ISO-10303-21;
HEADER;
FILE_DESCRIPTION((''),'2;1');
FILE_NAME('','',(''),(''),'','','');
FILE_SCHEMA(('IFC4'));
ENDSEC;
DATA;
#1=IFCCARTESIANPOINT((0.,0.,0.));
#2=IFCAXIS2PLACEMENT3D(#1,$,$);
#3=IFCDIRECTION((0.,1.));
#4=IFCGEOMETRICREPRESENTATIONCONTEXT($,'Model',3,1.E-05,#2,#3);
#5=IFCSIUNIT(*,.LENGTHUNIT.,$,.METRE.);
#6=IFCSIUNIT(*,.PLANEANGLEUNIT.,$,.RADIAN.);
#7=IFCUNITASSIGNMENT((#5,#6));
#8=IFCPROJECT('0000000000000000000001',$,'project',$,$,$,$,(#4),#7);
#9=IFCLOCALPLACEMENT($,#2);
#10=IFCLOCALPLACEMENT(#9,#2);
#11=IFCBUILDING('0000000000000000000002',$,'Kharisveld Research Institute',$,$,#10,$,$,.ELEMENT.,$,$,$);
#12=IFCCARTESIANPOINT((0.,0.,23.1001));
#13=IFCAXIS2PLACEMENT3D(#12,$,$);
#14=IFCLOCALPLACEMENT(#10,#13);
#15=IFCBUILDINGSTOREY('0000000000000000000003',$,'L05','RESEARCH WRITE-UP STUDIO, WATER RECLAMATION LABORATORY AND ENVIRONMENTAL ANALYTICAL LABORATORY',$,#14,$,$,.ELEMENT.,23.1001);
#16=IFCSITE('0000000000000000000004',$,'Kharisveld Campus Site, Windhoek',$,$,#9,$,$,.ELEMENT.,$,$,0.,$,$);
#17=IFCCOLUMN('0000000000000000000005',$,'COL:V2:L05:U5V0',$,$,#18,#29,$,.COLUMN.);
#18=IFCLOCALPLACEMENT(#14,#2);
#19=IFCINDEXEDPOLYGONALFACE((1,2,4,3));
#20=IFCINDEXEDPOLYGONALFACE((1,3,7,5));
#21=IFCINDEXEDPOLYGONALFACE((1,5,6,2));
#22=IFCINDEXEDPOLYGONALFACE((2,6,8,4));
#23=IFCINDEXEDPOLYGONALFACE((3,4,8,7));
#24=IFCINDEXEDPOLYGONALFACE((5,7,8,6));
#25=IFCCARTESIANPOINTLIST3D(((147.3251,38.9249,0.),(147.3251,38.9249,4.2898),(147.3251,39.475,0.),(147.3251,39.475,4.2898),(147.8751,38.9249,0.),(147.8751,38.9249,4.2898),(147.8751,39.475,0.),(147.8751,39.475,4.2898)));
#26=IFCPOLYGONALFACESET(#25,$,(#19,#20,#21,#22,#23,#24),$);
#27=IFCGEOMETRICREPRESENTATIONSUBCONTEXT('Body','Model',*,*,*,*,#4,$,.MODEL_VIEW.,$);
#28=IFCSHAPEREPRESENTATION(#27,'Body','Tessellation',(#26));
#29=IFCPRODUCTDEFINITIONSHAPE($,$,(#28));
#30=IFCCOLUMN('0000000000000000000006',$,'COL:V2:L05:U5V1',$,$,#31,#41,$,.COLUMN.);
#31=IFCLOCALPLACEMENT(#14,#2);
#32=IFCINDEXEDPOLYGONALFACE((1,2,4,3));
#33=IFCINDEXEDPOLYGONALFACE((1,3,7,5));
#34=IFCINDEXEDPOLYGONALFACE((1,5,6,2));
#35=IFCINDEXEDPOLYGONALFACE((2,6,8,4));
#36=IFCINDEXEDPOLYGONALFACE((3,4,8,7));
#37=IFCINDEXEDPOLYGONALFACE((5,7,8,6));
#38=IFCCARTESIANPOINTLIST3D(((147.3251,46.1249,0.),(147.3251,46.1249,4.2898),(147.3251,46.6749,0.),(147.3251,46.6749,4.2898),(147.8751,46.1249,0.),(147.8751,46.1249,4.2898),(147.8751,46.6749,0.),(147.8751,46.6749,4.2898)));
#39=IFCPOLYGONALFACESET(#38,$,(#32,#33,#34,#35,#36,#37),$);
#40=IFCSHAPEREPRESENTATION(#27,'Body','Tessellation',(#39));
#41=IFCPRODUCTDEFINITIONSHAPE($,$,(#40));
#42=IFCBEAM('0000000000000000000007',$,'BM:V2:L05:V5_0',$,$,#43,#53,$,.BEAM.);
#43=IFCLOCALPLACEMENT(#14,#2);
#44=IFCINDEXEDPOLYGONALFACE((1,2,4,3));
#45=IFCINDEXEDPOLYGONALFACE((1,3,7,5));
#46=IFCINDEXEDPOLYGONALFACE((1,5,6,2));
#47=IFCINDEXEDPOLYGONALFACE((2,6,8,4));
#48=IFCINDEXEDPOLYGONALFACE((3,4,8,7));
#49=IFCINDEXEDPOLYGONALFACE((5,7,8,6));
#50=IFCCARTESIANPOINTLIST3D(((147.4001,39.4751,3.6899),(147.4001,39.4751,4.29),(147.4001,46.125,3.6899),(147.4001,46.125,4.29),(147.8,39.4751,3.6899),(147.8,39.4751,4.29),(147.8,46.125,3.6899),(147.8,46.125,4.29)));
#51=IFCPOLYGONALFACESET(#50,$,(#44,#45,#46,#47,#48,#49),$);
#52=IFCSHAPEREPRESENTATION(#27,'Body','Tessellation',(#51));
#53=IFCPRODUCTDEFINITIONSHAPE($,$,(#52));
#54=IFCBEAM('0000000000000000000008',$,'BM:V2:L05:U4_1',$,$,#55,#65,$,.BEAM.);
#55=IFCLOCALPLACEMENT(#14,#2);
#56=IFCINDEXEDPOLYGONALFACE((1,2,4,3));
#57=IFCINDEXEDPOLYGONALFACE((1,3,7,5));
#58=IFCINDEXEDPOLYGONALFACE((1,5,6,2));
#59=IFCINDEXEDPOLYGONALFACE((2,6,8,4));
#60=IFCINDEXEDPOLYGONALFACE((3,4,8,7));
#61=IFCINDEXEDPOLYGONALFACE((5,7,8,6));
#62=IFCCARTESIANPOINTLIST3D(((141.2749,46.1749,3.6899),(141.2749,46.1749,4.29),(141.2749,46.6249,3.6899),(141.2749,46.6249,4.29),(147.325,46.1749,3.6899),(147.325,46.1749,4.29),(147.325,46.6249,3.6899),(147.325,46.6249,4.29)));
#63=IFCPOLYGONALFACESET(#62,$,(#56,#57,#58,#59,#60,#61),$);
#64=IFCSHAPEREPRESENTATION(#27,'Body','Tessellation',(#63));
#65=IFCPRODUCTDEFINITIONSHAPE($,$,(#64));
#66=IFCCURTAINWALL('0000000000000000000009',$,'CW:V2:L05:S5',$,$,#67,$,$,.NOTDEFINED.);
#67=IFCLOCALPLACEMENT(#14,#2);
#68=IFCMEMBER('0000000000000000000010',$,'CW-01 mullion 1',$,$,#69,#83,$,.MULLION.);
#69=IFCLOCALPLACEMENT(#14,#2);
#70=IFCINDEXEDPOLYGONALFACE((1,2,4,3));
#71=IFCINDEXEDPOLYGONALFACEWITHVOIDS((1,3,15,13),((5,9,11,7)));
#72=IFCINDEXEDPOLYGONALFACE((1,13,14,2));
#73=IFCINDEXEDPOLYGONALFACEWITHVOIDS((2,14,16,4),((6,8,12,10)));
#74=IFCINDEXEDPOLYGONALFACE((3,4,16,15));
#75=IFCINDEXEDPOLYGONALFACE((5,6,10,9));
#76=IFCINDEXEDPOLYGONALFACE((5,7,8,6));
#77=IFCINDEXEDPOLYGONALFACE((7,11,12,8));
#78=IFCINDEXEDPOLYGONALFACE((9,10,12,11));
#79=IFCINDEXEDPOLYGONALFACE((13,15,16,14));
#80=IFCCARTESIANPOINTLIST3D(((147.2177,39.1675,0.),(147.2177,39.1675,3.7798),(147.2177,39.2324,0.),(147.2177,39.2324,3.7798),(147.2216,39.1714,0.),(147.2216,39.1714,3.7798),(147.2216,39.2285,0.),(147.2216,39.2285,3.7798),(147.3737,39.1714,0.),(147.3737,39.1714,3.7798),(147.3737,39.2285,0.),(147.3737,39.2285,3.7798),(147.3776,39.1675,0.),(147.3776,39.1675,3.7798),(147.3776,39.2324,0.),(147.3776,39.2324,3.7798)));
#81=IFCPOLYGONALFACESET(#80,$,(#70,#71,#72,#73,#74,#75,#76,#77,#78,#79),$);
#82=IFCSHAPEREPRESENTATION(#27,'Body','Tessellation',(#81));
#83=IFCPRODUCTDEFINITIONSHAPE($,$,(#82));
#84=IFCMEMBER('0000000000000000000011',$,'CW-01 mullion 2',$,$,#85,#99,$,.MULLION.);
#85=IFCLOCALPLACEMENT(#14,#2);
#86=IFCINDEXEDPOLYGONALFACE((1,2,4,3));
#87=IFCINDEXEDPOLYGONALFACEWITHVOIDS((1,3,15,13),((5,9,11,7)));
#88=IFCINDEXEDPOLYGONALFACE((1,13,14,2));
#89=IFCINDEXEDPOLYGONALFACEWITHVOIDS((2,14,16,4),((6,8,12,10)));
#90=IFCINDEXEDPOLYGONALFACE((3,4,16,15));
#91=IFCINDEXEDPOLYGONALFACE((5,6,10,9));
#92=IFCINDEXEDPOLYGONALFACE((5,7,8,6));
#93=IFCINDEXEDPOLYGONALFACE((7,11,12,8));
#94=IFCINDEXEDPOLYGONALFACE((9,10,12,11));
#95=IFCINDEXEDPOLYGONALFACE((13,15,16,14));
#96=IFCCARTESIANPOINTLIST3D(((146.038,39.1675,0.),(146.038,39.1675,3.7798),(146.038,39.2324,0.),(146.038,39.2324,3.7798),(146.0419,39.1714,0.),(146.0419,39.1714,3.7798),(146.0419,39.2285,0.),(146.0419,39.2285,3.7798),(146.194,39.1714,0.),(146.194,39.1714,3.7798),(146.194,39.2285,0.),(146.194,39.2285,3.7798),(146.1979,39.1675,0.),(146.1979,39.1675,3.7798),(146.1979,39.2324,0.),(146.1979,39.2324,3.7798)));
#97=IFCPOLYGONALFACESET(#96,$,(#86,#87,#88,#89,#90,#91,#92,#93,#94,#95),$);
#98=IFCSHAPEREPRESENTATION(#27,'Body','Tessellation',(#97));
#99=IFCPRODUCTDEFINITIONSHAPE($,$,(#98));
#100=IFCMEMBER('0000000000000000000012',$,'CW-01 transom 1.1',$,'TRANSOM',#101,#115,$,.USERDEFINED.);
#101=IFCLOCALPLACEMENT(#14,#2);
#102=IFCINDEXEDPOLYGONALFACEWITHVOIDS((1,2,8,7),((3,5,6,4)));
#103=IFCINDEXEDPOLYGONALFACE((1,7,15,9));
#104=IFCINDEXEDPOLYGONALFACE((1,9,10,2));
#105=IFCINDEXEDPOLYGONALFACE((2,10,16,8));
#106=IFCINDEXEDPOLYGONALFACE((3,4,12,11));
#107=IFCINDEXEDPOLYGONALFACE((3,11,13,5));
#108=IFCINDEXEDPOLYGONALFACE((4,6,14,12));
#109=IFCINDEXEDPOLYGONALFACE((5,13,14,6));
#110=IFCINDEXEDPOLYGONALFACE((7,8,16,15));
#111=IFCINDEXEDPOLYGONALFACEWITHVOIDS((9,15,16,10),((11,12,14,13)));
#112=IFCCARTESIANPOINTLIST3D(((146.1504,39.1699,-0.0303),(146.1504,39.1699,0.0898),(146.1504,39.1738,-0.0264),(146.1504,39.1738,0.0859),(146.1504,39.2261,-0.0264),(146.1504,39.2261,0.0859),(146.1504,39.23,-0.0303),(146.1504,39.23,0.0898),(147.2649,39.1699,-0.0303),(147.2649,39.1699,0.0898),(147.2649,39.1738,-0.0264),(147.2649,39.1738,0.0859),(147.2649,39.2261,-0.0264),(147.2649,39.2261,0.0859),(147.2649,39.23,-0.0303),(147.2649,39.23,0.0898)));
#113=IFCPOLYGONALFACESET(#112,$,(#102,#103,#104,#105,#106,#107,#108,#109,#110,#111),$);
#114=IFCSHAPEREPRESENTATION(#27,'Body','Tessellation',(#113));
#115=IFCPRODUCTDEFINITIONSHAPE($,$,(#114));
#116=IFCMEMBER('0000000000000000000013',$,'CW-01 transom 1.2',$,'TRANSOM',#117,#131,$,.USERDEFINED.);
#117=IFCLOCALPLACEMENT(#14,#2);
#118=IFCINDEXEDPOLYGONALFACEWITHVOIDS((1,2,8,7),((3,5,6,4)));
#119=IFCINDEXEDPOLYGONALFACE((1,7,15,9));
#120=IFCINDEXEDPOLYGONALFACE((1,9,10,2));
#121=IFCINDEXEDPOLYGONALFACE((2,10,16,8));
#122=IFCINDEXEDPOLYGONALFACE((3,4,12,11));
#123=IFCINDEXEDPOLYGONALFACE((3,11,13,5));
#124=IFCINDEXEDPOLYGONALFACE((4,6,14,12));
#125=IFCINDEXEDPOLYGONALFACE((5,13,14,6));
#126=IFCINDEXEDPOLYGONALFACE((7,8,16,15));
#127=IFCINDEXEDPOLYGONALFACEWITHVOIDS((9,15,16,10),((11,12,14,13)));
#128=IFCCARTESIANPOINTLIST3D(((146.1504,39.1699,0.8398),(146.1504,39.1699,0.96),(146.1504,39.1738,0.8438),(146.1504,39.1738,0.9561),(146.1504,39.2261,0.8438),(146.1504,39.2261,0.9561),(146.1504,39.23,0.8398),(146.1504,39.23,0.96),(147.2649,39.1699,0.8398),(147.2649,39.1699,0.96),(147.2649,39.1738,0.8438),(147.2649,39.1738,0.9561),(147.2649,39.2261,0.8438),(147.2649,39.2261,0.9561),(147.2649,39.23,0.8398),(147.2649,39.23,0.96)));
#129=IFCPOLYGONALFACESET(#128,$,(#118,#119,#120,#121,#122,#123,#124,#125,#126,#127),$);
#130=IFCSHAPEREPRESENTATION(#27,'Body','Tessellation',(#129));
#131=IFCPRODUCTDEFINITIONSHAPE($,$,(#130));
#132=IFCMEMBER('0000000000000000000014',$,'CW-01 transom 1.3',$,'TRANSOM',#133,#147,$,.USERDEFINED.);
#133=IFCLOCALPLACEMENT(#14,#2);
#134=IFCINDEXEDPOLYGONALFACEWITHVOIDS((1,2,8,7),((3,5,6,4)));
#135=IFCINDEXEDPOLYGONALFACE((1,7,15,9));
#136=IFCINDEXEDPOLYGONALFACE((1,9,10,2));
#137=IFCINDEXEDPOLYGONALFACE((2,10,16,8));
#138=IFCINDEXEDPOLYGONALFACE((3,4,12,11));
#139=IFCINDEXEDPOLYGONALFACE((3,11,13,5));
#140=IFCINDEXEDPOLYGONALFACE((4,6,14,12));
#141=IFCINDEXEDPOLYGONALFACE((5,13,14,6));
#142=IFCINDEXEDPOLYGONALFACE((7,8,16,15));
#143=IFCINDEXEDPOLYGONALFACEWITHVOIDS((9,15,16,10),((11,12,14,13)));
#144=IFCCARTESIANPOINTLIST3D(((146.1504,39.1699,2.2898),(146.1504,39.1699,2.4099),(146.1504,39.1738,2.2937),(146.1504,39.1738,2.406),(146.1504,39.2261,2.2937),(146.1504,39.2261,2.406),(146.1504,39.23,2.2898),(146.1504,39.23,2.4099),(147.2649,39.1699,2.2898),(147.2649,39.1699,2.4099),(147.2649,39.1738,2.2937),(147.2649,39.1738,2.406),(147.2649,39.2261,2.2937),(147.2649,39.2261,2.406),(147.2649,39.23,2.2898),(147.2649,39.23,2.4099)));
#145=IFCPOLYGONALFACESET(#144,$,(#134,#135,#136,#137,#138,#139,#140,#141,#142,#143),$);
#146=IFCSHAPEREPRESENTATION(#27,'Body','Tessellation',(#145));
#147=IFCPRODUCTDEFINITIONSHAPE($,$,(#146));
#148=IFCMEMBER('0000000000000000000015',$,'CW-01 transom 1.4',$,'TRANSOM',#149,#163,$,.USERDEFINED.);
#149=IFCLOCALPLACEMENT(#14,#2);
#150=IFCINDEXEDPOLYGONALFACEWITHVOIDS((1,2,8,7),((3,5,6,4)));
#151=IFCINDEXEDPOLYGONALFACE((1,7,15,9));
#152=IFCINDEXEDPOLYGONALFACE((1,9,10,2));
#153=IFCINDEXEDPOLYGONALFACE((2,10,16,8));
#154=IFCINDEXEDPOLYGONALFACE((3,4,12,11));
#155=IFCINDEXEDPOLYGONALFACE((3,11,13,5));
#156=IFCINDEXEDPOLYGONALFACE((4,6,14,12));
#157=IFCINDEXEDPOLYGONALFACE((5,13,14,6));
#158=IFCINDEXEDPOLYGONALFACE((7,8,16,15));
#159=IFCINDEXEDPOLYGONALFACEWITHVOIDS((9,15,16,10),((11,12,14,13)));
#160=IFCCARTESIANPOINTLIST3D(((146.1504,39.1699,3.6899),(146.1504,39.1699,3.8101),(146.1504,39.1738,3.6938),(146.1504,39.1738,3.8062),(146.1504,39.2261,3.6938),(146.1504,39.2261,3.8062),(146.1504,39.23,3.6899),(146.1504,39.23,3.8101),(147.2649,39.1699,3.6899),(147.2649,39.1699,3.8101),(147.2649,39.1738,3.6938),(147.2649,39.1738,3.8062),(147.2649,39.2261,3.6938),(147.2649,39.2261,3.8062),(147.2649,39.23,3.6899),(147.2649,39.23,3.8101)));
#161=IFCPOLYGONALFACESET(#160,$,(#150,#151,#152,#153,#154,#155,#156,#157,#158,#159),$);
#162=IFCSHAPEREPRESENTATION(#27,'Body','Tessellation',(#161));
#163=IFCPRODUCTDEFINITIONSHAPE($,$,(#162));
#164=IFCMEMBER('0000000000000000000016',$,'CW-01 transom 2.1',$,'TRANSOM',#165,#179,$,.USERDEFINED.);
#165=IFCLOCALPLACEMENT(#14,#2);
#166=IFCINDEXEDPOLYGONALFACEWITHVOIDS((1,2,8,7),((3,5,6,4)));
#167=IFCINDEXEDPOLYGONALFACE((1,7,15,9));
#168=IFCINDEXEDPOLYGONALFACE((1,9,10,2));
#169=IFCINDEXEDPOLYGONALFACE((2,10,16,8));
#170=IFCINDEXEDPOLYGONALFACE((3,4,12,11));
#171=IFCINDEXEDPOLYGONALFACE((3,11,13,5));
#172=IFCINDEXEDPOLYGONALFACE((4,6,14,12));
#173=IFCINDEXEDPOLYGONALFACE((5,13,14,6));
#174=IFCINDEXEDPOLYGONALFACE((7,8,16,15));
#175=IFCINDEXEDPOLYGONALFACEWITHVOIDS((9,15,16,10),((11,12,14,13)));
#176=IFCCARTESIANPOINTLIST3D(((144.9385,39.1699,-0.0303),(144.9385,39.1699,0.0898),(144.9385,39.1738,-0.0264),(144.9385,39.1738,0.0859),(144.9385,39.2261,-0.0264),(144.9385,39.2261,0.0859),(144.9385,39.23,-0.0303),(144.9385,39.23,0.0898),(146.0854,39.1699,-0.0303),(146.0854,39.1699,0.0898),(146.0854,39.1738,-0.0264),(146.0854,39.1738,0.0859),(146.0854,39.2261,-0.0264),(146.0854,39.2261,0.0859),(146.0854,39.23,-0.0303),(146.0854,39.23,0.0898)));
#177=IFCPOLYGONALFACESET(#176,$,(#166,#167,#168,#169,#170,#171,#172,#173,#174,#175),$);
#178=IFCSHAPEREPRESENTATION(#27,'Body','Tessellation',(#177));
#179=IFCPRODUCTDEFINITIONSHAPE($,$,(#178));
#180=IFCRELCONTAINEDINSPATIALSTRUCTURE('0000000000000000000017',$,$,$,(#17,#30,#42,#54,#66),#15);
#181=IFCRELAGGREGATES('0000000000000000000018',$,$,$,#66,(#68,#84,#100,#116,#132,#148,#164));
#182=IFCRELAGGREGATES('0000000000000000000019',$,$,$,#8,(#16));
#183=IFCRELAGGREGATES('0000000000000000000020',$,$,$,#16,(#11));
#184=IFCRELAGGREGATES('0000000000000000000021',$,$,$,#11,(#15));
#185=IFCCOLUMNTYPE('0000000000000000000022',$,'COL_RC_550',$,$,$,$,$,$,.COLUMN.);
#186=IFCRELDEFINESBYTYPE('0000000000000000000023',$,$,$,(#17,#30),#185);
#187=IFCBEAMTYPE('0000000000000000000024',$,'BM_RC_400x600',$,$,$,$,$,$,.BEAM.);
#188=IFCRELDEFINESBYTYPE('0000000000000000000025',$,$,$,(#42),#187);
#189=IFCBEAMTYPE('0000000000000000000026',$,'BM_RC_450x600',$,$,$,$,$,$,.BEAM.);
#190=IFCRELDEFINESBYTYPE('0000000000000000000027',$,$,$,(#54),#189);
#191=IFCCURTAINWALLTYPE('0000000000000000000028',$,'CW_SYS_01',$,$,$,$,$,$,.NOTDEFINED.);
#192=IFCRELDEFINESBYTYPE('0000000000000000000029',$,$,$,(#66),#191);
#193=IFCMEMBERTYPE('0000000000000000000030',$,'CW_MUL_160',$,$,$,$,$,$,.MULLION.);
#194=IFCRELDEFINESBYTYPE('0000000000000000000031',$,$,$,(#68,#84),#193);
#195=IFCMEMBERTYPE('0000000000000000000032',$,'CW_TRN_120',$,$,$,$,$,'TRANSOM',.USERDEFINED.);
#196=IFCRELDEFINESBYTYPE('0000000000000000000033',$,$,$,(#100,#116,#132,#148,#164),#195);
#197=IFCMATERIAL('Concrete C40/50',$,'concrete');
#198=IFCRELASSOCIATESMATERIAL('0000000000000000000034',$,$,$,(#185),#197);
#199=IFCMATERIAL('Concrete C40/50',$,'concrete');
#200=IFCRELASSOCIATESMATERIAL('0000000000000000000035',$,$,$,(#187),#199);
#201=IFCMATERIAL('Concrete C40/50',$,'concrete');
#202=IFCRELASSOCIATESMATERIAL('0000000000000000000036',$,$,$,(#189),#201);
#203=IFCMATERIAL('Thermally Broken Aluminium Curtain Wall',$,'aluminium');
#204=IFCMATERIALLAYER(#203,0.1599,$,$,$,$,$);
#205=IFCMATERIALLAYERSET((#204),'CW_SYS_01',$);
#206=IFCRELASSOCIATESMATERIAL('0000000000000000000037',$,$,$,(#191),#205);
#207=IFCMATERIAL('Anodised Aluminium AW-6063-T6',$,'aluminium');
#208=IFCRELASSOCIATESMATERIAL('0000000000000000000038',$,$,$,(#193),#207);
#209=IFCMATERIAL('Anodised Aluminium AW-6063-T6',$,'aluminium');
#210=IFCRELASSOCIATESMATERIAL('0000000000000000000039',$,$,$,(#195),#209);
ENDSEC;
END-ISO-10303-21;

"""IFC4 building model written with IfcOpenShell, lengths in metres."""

from ifc_helpers import new_model, si_unit, direction, frame, origin, origin_2d, place, context, subcontext, project, spatial, rectangle, hollow_rectangle, extrude, material, layer, layer_set, material_profile, profile_set, type_object, element, aggregate, save


model = new_model("IFC4")

# Units and contexts
model_context = context("Model", 3, precision=1e-05, world=origin(), true_north=direction((0.0, 1.0)))
body_context = subcontext(model_context, "Body", "Model", "MODEL_VIEW")
ifc_project = project(units=[si_unit("LENGTHUNIT", "METRE"), si_unit("PLANEANGLEUNIT", "RADIAN")], contexts=[model_context])

# Site, building, storey
site_placement = place(None, origin())
site = spatial("IfcSite", under=ifc_project, at=site_placement, Name="Kharisveld Campus Site, Windhoek", CompositionType="ELEMENT", RefElevation=0.0)
building_placement = place(site_placement, origin())
building = spatial("IfcBuilding", under=site, at=building_placement, Name="Kharisveld Research Institute", CompositionType="ELEMENT")
storey_placement = place(building_placement, frame((0.0, 0.0, 23.1001)))
storey = spatial("IfcBuildingStorey", under=building, at=storey_placement, Name="L05", Description="RESEARCH WRITE-UP STUDIO, WATER RECLAMATION LABORATORY AND ENVIRONMENTAL ANALYTICAL LABORATORY", CompositionType="ELEMENT", Elevation=23.1001)

# Columns
ifc_material_1 = material(Name="Concrete C40/50", Category="concrete")
ifc_material_profile_1 = material_profile(ifc_material_1, rectangle(XDim=0.55, YDim=0.55, at=origin_2d()))
ifc_profile_set_1 = profile_set([ifc_material_profile_1], Name="Concrete C40/50")
column_type = type_object("IfcColumnType", Name="COL_RC_550", PredefinedType="COLUMN", material=ifc_profile_set_1)
for number, where, z_axis, x_axis, name in (
    (1, (147.6001, 39.2, 0.0), (0.0, 0.0, 1.0), (1.0, 0.0, 0.0), "COL:V2:L05:U5V0"),
    (2, (147.6001, 46.3999, 0.0), (0.0, 0.0, 1.0), (1.0, 0.0, 0.0), "COL:V2:L05:U5V1"),
):
    element("IfcColumn", number, at=place(storey_placement, frame(where, z_axis=z_axis, x_axis=x_axis)), inside=storey, type_object=column_type, Name=name, PredefinedType="COLUMN", context=body_context, shape_type="SweptSolid", body=[
        extrude(rectangle(XDim=0.55, YDim=0.55, at=origin_2d()), origin(), (0.0, 0.0, 1.0), 4.2898),
    ])

# Beams
ifc_material_2 = material(Name="Concrete C40/50", Category="concrete")
ifc_material_profile_2 = material_profile(ifc_material_2, rectangle(XDim=0.3999, YDim=0.6001, at=origin_2d()))
ifc_profile_set_2 = profile_set([ifc_material_profile_2], Name="Concrete C40/50")
beam_type_1 = type_object("IfcBeamType", Name="BM_RC_400x600", PredefinedType="BEAM", material=ifc_profile_set_2)
beam_1_placement = place(storey_placement, frame((147.6001, 39.4751, 3.99), z_axis=(0.0, 1.0, 0.0), x_axis=(-1.0, 0.0, 0.0)))
element("IfcBeam", 3, at=beam_1_placement, inside=storey, type_object=beam_type_1, Name="BM:V2:L05:V5_0", PredefinedType="BEAM", context=body_context, shape_type="SweptSolid", body=[
    extrude(rectangle(XDim=0.3999, YDim=0.6001, at=origin_2d()), origin(), (0.0, 0.0, 1.0), 6.6499),
])
ifc_material_3 = material(Name="Concrete C40/50", Category="concrete")
ifc_material_profile_3 = material_profile(ifc_material_3, rectangle(XDim=0.45, YDim=0.6001, at=origin_2d()))
ifc_profile_set_3 = profile_set([ifc_material_profile_3], Name="Concrete C40/50")
beam_type_2 = type_object("IfcBeamType", Name="BM_RC_450x600", PredefinedType="BEAM", material=ifc_profile_set_3)
beam_2_placement = place(storey_placement, frame((141.2749, 46.3999, 3.99), z_axis=(1.0, 0.0, 0.0), x_axis=(0.0, 1.0, 0.0)))
element("IfcBeam", 4, at=beam_2_placement, inside=storey, type_object=beam_type_2, Name="BM:V2:L05:U4_1", PredefinedType="BEAM", context=body_context, shape_type="SweptSolid", body=[
    extrude(rectangle(XDim=0.45, YDim=0.6001, at=origin_2d()), origin(), (0.0, 0.0, 1.0), 6.05),
])

# Curtain wall, members
ifc_material_4 = material(Name="Thermally Broken Aluminium Curtain Wall", Category="aluminium")
ifc_layer_1 = layer(ifc_material_4, 0.1599)
ifc_layer_set_1 = layer_set([ifc_layer_1], Name="CW_SYS_01")
curtain_wall_type = type_object("IfcCurtainWallType", Name="CW_SYS_01", PredefinedType="NOTDEFINED", material=ifc_layer_set_1)
curtain_wall_placement = place(storey_placement, origin())
curtain_wall = element("IfcCurtainWall", 5, at=curtain_wall_placement, inside=storey, type_object=curtain_wall_type, Name="CW:V2:L05:S5", PredefinedType="NOTDEFINED")
ifc_material_5 = material(Name="Anodised Aluminium AW-6063-T6", Category="aluminium")
ifc_material_profile_4 = material_profile(ifc_material_5, hollow_rectangle(XDim=0.0649, YDim=0.1599, WallThickness=0.0039, at=origin_2d()))
ifc_profile_set_4 = profile_set([ifc_material_profile_4], Name="Anodised Aluminium AW-6063-T6")
member_type_1 = type_object("IfcMemberType", Name="CW_MUL_160", PredefinedType="MULLION", material=ifc_profile_set_4)
member_1_placement = place(storey_placement, frame((147.2976, 39.2, 0.0), z_axis=(0.0, 0.0, 1.0), x_axis=(0.0, -1.0, 0.0)))
member_1 = element("IfcMember", 6, at=member_1_placement, type_object=member_type_1, Name="CW-01 mullion 1", PredefinedType="MULLION", context=body_context, shape_type="SweptSolid", body=[
    extrude(hollow_rectangle(XDim=0.0649, YDim=0.1599, WallThickness=0.0039, at=origin_2d()), origin(), (0.0, 0.0, 1.0), 3.7798),
])
member_2_placement = place(storey_placement, frame((146.1179, 39.2, 0.0), z_axis=(0.0, 0.0, 1.0), x_axis=(0.0, -1.0, 0.0)))
member_2 = element("IfcMember", 7, at=member_2_placement, type_object=member_type_1, Name="CW-01 mullion 2", PredefinedType="MULLION", context=body_context, shape_type="SweptSolid", body=[
    extrude(hollow_rectangle(XDim=0.0649, YDim=0.1599, WallThickness=0.0039, at=origin_2d()), origin(), (0.0, 0.0, 1.0), 3.7798),
])
ifc_material_6 = material(Name="Anodised Aluminium AW-6063-T6", Category="aluminium")
ifc_material_profile_5 = material_profile(ifc_material_6, hollow_rectangle(XDim=0.0601, YDim=0.1201, WallThickness=0.0039, at=origin_2d()))
ifc_profile_set_5 = profile_set([ifc_material_profile_5], Name="Anodised Aluminium AW-6063-T6")
member_type_2 = type_object("IfcMemberType", Name="CW_TRN_120", ElementType="TRANSOM", PredefinedType="USERDEFINED", material=ifc_profile_set_5)
member_3_placement = place(storey_placement, frame((147.2649, 39.2, 0.0298), z_axis=(-1.0, 0.0, 0.0), x_axis=(0.0, -1.0, 0.0)))
member_3 = element("IfcMember", 8, at=member_3_placement, type_object=member_type_2, Name="CW-01 transom 1.1", ObjectType="TRANSOM", PredefinedType="USERDEFINED", context=body_context, shape_type="SweptSolid", body=[
    extrude(hollow_rectangle(XDim=0.0601, YDim=0.1201, WallThickness=0.0039, at=origin_2d()), origin(), (0.0, 0.0, 1.0), 1.1145),
])
member_4_placement = place(storey_placement, frame((147.2649, 39.2, 0.8999), z_axis=(-1.0, 0.0, 0.0), x_axis=(0.0, -1.0, 0.0)))
member_4 = element("IfcMember", 9, at=member_4_placement, type_object=member_type_2, Name="CW-01 transom 1.2", ObjectType="TRANSOM", PredefinedType="USERDEFINED", context=body_context, shape_type="SweptSolid", body=[
    extrude(hollow_rectangle(XDim=0.0601, YDim=0.1201, WallThickness=0.0039, at=origin_2d()), origin(), (0.0, 0.0, 1.0), 1.1145),
])
member_5_placement = place(storey_placement, frame((147.2649, 39.2, 2.3499), z_axis=(-1.0, 0.0, 0.0), x_axis=(0.0, -1.0, 0.0)))
member_5 = element("IfcMember", 10, at=member_5_placement, type_object=member_type_2, Name="CW-01 transom 1.3", ObjectType="TRANSOM", PredefinedType="USERDEFINED", context=body_context, shape_type="SweptSolid", body=[
    extrude(hollow_rectangle(XDim=0.0601, YDim=0.1201, WallThickness=0.0039, at=origin_2d()), origin(), (0.0, 0.0, 1.0), 1.1145),
])
member_6_placement = place(storey_placement, frame((147.2649, 39.2, 3.75), z_axis=(-1.0, 0.0, 0.0), x_axis=(0.0, -1.0, 0.0)))
member_6 = element("IfcMember", 11, at=member_6_placement, type_object=member_type_2, Name="CW-01 transom 1.4", ObjectType="TRANSOM", PredefinedType="USERDEFINED", context=body_context, shape_type="SweptSolid", body=[
    extrude(hollow_rectangle(XDim=0.0601, YDim=0.1201, WallThickness=0.0039, at=origin_2d()), origin(), (0.0, 0.0, 1.0), 1.1145),
])
member_7_placement = place(storey_placement, frame((146.0854, 39.2, 0.0298), z_axis=(-1.0, 0.0, 0.0), x_axis=(0.0, -1.0, 0.0)))
member_7 = element("IfcMember", 12, at=member_7_placement, type_object=member_type_2, Name="CW-01 transom 2.1", ObjectType="TRANSOM", PredefinedType="USERDEFINED", context=body_context, shape_type="SweptSolid", body=[
    extrude(hollow_rectangle(XDim=0.0601, YDim=0.1201, WallThickness=0.0039, at=origin_2d()), origin(), (0.0, 0.0, 1.0), 1.147),
])

aggregate(curtain_wall, [member_1, member_2, member_3, member_4, member_5, member_6, member_7])

save(model, "model.ifc")
